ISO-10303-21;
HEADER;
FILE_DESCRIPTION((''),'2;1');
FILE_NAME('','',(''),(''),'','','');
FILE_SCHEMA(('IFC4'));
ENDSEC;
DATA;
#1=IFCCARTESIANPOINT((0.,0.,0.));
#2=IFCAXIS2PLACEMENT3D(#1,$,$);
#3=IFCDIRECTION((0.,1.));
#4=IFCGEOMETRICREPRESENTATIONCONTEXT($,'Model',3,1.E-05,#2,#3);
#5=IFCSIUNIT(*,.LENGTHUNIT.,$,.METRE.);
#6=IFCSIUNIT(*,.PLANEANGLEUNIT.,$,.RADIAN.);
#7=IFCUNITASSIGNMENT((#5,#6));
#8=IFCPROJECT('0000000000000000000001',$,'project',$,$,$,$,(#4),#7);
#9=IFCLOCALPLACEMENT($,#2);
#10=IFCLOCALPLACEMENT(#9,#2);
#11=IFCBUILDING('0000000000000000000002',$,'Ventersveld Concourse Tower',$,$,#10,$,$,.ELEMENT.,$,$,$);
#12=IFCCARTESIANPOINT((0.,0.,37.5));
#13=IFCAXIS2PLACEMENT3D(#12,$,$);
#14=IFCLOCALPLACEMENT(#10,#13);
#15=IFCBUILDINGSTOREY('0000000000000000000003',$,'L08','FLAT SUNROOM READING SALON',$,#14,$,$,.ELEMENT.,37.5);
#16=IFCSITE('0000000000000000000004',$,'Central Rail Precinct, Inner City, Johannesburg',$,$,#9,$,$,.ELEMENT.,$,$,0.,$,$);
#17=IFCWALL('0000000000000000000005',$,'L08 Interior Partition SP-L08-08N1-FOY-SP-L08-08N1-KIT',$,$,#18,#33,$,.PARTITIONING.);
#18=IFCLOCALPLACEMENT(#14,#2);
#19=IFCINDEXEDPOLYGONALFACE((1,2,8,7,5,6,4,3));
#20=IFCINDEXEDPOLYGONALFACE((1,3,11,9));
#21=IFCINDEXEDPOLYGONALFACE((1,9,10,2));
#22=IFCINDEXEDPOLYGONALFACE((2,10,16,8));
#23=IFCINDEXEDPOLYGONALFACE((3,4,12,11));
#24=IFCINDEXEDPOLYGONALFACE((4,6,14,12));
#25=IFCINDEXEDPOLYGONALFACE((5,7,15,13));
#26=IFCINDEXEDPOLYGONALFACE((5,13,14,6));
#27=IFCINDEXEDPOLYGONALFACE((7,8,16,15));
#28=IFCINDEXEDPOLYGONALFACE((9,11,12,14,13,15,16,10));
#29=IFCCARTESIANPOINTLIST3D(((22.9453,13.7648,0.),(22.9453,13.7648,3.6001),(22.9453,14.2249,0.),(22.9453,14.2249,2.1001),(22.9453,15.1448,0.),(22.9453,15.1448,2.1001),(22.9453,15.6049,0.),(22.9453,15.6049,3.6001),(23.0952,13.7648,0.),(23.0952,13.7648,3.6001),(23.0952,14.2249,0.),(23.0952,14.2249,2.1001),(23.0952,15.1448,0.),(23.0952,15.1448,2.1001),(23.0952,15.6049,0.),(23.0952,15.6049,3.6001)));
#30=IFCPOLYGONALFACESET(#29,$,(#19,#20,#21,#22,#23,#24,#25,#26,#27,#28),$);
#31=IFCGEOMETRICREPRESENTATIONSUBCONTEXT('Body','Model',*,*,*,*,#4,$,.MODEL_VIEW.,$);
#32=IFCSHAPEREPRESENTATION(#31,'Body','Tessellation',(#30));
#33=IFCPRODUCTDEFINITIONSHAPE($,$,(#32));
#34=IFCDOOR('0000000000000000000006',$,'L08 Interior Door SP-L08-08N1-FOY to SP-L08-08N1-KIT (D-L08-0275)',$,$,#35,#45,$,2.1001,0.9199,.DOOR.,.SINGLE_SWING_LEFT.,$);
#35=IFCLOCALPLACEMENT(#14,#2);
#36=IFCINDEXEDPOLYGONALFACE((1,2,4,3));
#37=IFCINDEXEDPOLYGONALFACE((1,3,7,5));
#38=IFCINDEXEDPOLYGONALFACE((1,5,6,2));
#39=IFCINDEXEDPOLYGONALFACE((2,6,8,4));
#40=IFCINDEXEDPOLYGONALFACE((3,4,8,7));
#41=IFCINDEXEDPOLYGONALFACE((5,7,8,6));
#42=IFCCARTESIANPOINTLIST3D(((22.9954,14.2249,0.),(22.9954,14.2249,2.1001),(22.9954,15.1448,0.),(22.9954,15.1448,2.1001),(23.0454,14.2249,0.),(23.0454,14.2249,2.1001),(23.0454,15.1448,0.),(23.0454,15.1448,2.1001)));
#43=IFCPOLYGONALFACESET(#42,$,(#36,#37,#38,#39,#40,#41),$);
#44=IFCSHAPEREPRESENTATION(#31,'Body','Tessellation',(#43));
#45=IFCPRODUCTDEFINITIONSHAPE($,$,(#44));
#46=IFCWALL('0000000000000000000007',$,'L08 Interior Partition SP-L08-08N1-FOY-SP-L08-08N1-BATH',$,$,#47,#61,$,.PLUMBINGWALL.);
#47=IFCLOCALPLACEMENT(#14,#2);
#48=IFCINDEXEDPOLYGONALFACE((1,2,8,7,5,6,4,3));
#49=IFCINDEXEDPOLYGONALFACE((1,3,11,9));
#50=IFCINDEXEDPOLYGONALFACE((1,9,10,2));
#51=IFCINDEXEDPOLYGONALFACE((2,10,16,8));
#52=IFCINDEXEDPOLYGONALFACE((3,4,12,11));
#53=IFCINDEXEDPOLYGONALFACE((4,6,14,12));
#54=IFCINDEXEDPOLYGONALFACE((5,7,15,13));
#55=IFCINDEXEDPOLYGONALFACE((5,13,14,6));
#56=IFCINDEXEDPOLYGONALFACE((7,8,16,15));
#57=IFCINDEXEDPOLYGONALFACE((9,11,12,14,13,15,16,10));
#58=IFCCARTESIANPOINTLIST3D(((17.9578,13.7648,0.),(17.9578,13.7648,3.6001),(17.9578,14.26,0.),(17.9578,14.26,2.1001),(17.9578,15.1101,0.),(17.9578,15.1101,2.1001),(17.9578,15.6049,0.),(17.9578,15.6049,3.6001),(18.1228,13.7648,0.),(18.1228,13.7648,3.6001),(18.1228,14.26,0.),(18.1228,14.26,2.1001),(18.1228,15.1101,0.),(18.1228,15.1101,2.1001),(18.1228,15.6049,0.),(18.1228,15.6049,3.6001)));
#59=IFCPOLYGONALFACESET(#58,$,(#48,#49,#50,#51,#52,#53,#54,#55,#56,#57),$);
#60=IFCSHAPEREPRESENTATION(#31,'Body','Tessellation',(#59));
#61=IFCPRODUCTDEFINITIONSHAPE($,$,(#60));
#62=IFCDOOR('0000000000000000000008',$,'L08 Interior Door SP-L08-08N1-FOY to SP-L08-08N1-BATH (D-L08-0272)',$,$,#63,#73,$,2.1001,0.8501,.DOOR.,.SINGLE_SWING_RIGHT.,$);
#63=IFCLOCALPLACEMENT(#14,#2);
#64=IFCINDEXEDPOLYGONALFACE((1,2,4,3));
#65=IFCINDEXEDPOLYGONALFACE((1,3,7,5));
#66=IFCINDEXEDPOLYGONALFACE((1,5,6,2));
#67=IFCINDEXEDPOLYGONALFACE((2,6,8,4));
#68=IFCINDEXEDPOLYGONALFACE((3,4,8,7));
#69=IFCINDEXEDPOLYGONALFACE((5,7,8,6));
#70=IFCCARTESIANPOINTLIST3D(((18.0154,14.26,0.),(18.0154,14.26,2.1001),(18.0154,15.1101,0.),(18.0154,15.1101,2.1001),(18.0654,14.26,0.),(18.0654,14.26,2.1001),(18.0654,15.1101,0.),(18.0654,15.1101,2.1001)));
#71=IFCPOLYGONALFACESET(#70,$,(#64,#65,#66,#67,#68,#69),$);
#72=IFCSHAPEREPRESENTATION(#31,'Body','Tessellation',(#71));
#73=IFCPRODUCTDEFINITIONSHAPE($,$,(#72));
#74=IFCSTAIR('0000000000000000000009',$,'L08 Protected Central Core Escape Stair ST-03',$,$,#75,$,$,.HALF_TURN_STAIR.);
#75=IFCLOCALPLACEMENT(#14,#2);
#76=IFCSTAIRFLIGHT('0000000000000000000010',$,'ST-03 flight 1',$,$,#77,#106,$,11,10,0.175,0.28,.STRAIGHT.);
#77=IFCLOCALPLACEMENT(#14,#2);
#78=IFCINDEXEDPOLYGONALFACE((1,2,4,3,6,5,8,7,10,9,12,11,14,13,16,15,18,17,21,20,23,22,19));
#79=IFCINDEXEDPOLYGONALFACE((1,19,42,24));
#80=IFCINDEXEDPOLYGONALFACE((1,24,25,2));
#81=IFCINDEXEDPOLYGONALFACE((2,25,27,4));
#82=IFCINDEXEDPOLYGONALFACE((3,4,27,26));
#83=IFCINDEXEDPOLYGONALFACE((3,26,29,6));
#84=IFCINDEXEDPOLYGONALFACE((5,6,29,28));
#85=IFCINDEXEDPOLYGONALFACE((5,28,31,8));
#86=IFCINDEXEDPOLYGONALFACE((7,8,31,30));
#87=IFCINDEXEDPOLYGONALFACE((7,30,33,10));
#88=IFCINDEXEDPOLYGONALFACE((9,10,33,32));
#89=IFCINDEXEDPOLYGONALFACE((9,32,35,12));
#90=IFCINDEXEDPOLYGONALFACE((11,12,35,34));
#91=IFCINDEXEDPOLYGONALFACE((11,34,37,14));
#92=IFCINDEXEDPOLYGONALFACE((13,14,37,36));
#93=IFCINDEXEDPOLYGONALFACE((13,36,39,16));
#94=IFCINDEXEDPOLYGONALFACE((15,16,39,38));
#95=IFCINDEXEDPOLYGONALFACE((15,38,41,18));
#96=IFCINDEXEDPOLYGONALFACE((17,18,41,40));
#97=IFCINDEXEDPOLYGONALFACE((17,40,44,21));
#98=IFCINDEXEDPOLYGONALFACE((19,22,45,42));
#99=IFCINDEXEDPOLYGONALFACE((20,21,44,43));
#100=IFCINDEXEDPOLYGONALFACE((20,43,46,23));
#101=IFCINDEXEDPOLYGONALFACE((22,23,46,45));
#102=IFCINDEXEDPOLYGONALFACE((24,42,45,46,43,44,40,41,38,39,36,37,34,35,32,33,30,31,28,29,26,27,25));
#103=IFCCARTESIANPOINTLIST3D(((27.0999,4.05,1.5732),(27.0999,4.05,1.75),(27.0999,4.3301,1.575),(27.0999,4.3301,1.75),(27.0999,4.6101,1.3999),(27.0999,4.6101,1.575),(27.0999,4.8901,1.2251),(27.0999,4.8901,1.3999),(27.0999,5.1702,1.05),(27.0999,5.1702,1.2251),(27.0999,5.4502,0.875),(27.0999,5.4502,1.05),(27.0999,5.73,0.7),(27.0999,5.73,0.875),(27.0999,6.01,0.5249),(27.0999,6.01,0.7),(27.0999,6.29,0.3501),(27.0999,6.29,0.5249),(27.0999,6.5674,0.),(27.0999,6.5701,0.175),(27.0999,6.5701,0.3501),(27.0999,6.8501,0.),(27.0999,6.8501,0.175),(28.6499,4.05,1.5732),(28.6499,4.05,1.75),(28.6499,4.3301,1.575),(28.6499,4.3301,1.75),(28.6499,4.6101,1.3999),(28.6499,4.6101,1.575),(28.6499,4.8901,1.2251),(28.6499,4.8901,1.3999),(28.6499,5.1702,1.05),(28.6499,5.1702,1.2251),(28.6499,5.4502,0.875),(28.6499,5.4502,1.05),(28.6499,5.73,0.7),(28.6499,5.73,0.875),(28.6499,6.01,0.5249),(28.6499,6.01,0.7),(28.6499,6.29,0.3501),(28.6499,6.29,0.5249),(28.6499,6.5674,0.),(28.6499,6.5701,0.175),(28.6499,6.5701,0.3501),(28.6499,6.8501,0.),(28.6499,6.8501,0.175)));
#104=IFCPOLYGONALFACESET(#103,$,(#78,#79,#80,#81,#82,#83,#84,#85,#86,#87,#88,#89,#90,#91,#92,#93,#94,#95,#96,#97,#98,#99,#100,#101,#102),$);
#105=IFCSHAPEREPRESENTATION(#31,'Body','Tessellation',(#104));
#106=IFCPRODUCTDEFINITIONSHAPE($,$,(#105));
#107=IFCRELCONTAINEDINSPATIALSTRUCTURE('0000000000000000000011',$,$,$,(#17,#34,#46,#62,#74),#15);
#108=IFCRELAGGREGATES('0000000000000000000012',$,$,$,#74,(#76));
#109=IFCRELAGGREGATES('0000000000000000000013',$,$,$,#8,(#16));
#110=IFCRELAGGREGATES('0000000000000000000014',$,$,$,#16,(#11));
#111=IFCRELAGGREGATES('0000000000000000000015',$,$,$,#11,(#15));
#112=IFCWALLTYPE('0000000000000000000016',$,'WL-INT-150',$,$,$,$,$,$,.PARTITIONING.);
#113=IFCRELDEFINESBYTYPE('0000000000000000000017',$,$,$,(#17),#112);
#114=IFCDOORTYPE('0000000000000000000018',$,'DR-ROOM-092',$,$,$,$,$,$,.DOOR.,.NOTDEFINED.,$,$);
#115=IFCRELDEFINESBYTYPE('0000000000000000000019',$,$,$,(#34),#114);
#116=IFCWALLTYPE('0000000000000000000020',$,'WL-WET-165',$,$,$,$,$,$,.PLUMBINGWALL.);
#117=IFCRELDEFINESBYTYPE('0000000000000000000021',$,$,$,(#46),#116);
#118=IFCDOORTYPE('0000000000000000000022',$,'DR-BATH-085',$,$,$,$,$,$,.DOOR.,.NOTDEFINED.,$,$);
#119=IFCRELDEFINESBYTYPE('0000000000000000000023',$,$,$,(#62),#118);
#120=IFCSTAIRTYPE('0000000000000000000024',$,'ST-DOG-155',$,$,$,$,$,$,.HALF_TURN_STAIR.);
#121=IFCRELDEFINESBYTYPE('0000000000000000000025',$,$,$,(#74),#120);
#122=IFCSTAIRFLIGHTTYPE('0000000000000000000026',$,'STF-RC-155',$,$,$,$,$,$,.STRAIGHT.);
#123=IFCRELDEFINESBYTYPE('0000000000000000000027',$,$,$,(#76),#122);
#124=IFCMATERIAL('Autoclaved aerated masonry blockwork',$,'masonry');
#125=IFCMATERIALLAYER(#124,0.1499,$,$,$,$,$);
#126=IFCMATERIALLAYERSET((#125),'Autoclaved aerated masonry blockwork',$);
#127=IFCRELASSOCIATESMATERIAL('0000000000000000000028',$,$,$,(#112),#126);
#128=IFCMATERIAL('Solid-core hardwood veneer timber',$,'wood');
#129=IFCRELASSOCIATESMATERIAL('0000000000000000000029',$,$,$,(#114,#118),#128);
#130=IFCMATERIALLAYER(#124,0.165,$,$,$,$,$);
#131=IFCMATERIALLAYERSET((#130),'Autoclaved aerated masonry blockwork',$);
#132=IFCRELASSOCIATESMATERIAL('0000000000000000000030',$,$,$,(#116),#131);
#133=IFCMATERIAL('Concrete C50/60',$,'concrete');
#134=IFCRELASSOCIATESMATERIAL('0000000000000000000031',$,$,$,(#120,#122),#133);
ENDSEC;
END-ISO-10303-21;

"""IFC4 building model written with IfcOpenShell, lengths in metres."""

from ifc_helpers import new_model, si_unit, direction, frame, frame_2d, origin, place, context, subcontext, project, spatial, polyline, rectangle, outline, extrude, material, layer, layer_set, type_object, element, fill, aggregate, save


model = new_model("IFC4")

# Units and contexts
model_context = context("Model", 3, precision=1e-05, world=origin(), true_north=direction((0.0, 1.0)))
body_context = subcontext(model_context, "Body", "Model", "MODEL_VIEW")
ifc_project = project(units=[si_unit("LENGTHUNIT", "METRE"), si_unit("PLANEANGLEUNIT", "RADIAN")], contexts=[model_context])

# Site, building, storey
site_placement = place(None, origin())
site = spatial("IfcSite", under=ifc_project, at=site_placement, Name="Central Rail Precinct, Inner City, Johannesburg", CompositionType="ELEMENT", RefElevation=0.0)
building_placement = place(site_placement, origin())
building = spatial("IfcBuilding", under=site, at=building_placement, Name="Ventersveld Concourse Tower", CompositionType="ELEMENT")
storey_placement = place(building_placement, frame((0.0, 0.0, 37.5)))
storey = spatial("IfcBuildingStorey", under=building, at=storey_placement, Name="L08", Description="FLAT SUNROOM READING SALON", CompositionType="ELEMENT", Elevation=37.5)

# Shared definitions
ifc_material_1 = material(Name="Concrete C50/60", Category="concrete")

# Walls, openings, doors
ifc_material_2 = material(Name="Autoclaved aerated masonry blockwork", Category="masonry")
ifc_layer_1 = layer(ifc_material_2, 0.1499)
ifc_layer_set_1 = layer_set([ifc_layer_1], Name="Autoclaved aerated masonry blockwork")
wall_type_1 = type_object("IfcWallType", Name="WL-INT-150", PredefinedType="PARTITIONING", material=ifc_layer_set_1)
wall_1_placement = place(storey_placement, frame((23.0203, 13.7649, 0.0), z_axis=(0.0, 0.0, 1.0), x_axis=(0.0, 1.0, 0.0)))
wall_1 = element("IfcWall", 1, at=wall_1_placement, inside=storey, type_object=wall_type_1, Name="L08 Interior Partition SP-L08-08N1-FOY-SP-L08-08N1-KIT", PredefinedType="PARTITIONING", context=body_context, shape_type="SweptSolid", body=[
    extrude(rectangle(XDim=1.8401, YDim=0.1499, at=frame_2d((0.9199, 0.0))), origin(), (0.0, 0.0, 1.0), 3.6001),
])
opening_1_placement = place(wall_1_placement, frame((0.46, 0.0, 0.0)))
opening_1 = element("IfcOpeningElement", 2, at=opening_1_placement, cuts=wall_1, PredefinedType="OPENING", context=body_context, shape_type="SweptSolid", body=[
    extrude(rectangle(XDim=0.9199, YDim=2.1001, at=frame_2d((0.46, 1.05))), frame((0.0, 0.085, 0.0), z_axis=(0.0, -1.0, 0.0), x_axis=(1.0, 0.0, 0.0)), (0.0, 0.0, 1.0), 0.1699),
])
ifc_material_3 = material(Name="Solid-core hardwood veneer timber", Category="wood")
door_type_1 = type_object("IfcDoorType", Name="DR-ROOM-092", OperationType="NOTDEFINED", PredefinedType="DOOR", material=ifc_material_3)
door_1_placement = place(opening_1_placement, origin())
door_1 = element("IfcDoor", 3, at=door_1_placement, inside=storey, type_object=door_type_1, Name="L08 Interior Door SP-L08-08N1-FOY to SP-L08-08N1-KIT (D-L08-0275)", OperationType="SINGLE_SWING_LEFT", OverallHeight=2.1001, OverallWidth=0.9199, PredefinedType="DOOR", context=body_context, shape_type="SweptSolid", body=[
    extrude(rectangle(XDim=0.9199, YDim=2.1001, at=frame_2d((0.46, 1.05))), frame((0.0, 0.0249, 0.0), z_axis=(0.0, -1.0, 0.0), x_axis=(1.0, 0.0, 0.0)), (0.0, 0.0, 1.0), 0.05),
])
fill(opening_1, door_1)
ifc_layer_2 = layer(ifc_material_2, 0.165)
ifc_layer_set_2 = layer_set([ifc_layer_2], Name="Autoclaved aerated masonry blockwork")
wall_type_2 = type_object("IfcWallType", Name="WL-WET-165", PredefinedType="PLUMBINGWALL", material=ifc_layer_set_2)
wall_2_placement = place(storey_placement, frame((18.0403, 13.7649, 0.0), z_axis=(0.0, 0.0, 1.0), x_axis=(0.0, 1.0, 0.0)))
wall_2 = element("IfcWall", 4, at=wall_2_placement, inside=storey, type_object=wall_type_2, Name="L08 Interior Partition SP-L08-08N1-FOY-SP-L08-08N1-BATH", PredefinedType="PLUMBINGWALL", context=body_context, shape_type="SweptSolid", body=[
    extrude(rectangle(XDim=1.8401, YDim=0.165, at=frame_2d((0.9199, 0.0))), origin(), (0.0, 0.0, 1.0), 3.6001),
])
opening_2_placement = place(wall_2_placement, frame((0.4951, 0.0, 0.0)))
opening_2 = element("IfcOpeningElement", 5, at=opening_2_placement, cuts=wall_2, PredefinedType="OPENING", context=body_context, shape_type="SweptSolid", body=[
    extrude(rectangle(XDim=0.8501, YDim=2.1001, at=frame_2d((0.425, 1.05))), frame((0.0, 0.0925, 0.0), z_axis=(0.0, -1.0, 0.0), x_axis=(1.0, 0.0, 0.0)), (0.0, 0.0, 1.0), 0.1851),
])
door_type_2 = type_object("IfcDoorType", Name="DR-BATH-085", OperationType="NOTDEFINED", PredefinedType="DOOR", material=ifc_material_3)
door_2_placement = place(opening_2_placement, origin())
door_2 = element("IfcDoor", 6, at=door_2_placement, inside=storey, type_object=door_type_2, Name="L08 Interior Door SP-L08-08N1-FOY to SP-L08-08N1-BATH (D-L08-0272)", OperationType="SINGLE_SWING_RIGHT", OverallHeight=2.1001, OverallWidth=0.8501, PredefinedType="DOOR", context=body_context, shape_type="SweptSolid", body=[
    extrude(rectangle(XDim=0.8501, YDim=2.1001, at=frame_2d((0.425, 1.05))), frame((0.0, 0.0249, 0.0), z_axis=(0.0, -1.0, 0.0), x_axis=(1.0, 0.0, 0.0)), (0.0, 0.0, 1.0), 0.05),
])
fill(opening_2, door_2)

# Stair, stair flight
stair_type = type_object("IfcStairType", Name="ST-DOG-155", PredefinedType="HALF_TURN_STAIR", material=ifc_material_1)
stair_placement = place(storey_placement, origin())
stair = element("IfcStair", 7, at=stair_placement, inside=storey, type_object=stair_type, Name="L08 Protected Central Core Escape Stair ST-03", PredefinedType="HALF_TURN_STAIR")
stair_flight_type = type_object("IfcStairFlightType", Name="STF-RC-155", PredefinedType="STRAIGHT", material=ifc_material_1)
stair_flight_placement = place(storey_placement, frame((27.875, 6.8501, 0.0), z_axis=(0.0, 0.0, 1.0), x_axis=(0.0, -1.0, 0.0)))
stair_flight = element("IfcStairFlight", 8, at=stair_flight_placement, type_object=stair_flight_type, Name="ST-03 flight 1", NumberOfRisers=11, NumberOfTreads=10, PredefinedType="STRAIGHT", RiserHeight=0.175, TreadLength=0.28, context=body_context, shape_type="SweptSolid", body=[
    extrude(outline(polyline([(0.0, 0.0), (0.0, 0.175), (0.28, 0.175), (0.28, 0.3501), (0.5601, 0.3501), (0.5601, 0.5249), (0.8401, 0.5249), (0.8401, 0.7), (1.1201, 0.7), (1.1201, 0.875), (1.3999, 0.875), (1.3999, 1.05), (1.6799, 1.05), (1.6799, 1.2251), (1.96, 1.2251), (1.96, 1.3999), (2.24, 1.3999), (2.24, 1.575), (2.52, 1.575), (2.52, 1.75), (2.8, 1.75), (2.8, 1.925), (2.8, 1.5732), (0.2827, 0.0), (0.0, 0.0)])), frame((0.0, 0.7749, 0.0), z_axis=(0.0, -1.0, 0.0), x_axis=(1.0, 0.0, 0.0)), (0.0, 0.0, 1.0), 1.55),
])
aggregate(stair, [stair_flight])

save(model, "model.ifc")
